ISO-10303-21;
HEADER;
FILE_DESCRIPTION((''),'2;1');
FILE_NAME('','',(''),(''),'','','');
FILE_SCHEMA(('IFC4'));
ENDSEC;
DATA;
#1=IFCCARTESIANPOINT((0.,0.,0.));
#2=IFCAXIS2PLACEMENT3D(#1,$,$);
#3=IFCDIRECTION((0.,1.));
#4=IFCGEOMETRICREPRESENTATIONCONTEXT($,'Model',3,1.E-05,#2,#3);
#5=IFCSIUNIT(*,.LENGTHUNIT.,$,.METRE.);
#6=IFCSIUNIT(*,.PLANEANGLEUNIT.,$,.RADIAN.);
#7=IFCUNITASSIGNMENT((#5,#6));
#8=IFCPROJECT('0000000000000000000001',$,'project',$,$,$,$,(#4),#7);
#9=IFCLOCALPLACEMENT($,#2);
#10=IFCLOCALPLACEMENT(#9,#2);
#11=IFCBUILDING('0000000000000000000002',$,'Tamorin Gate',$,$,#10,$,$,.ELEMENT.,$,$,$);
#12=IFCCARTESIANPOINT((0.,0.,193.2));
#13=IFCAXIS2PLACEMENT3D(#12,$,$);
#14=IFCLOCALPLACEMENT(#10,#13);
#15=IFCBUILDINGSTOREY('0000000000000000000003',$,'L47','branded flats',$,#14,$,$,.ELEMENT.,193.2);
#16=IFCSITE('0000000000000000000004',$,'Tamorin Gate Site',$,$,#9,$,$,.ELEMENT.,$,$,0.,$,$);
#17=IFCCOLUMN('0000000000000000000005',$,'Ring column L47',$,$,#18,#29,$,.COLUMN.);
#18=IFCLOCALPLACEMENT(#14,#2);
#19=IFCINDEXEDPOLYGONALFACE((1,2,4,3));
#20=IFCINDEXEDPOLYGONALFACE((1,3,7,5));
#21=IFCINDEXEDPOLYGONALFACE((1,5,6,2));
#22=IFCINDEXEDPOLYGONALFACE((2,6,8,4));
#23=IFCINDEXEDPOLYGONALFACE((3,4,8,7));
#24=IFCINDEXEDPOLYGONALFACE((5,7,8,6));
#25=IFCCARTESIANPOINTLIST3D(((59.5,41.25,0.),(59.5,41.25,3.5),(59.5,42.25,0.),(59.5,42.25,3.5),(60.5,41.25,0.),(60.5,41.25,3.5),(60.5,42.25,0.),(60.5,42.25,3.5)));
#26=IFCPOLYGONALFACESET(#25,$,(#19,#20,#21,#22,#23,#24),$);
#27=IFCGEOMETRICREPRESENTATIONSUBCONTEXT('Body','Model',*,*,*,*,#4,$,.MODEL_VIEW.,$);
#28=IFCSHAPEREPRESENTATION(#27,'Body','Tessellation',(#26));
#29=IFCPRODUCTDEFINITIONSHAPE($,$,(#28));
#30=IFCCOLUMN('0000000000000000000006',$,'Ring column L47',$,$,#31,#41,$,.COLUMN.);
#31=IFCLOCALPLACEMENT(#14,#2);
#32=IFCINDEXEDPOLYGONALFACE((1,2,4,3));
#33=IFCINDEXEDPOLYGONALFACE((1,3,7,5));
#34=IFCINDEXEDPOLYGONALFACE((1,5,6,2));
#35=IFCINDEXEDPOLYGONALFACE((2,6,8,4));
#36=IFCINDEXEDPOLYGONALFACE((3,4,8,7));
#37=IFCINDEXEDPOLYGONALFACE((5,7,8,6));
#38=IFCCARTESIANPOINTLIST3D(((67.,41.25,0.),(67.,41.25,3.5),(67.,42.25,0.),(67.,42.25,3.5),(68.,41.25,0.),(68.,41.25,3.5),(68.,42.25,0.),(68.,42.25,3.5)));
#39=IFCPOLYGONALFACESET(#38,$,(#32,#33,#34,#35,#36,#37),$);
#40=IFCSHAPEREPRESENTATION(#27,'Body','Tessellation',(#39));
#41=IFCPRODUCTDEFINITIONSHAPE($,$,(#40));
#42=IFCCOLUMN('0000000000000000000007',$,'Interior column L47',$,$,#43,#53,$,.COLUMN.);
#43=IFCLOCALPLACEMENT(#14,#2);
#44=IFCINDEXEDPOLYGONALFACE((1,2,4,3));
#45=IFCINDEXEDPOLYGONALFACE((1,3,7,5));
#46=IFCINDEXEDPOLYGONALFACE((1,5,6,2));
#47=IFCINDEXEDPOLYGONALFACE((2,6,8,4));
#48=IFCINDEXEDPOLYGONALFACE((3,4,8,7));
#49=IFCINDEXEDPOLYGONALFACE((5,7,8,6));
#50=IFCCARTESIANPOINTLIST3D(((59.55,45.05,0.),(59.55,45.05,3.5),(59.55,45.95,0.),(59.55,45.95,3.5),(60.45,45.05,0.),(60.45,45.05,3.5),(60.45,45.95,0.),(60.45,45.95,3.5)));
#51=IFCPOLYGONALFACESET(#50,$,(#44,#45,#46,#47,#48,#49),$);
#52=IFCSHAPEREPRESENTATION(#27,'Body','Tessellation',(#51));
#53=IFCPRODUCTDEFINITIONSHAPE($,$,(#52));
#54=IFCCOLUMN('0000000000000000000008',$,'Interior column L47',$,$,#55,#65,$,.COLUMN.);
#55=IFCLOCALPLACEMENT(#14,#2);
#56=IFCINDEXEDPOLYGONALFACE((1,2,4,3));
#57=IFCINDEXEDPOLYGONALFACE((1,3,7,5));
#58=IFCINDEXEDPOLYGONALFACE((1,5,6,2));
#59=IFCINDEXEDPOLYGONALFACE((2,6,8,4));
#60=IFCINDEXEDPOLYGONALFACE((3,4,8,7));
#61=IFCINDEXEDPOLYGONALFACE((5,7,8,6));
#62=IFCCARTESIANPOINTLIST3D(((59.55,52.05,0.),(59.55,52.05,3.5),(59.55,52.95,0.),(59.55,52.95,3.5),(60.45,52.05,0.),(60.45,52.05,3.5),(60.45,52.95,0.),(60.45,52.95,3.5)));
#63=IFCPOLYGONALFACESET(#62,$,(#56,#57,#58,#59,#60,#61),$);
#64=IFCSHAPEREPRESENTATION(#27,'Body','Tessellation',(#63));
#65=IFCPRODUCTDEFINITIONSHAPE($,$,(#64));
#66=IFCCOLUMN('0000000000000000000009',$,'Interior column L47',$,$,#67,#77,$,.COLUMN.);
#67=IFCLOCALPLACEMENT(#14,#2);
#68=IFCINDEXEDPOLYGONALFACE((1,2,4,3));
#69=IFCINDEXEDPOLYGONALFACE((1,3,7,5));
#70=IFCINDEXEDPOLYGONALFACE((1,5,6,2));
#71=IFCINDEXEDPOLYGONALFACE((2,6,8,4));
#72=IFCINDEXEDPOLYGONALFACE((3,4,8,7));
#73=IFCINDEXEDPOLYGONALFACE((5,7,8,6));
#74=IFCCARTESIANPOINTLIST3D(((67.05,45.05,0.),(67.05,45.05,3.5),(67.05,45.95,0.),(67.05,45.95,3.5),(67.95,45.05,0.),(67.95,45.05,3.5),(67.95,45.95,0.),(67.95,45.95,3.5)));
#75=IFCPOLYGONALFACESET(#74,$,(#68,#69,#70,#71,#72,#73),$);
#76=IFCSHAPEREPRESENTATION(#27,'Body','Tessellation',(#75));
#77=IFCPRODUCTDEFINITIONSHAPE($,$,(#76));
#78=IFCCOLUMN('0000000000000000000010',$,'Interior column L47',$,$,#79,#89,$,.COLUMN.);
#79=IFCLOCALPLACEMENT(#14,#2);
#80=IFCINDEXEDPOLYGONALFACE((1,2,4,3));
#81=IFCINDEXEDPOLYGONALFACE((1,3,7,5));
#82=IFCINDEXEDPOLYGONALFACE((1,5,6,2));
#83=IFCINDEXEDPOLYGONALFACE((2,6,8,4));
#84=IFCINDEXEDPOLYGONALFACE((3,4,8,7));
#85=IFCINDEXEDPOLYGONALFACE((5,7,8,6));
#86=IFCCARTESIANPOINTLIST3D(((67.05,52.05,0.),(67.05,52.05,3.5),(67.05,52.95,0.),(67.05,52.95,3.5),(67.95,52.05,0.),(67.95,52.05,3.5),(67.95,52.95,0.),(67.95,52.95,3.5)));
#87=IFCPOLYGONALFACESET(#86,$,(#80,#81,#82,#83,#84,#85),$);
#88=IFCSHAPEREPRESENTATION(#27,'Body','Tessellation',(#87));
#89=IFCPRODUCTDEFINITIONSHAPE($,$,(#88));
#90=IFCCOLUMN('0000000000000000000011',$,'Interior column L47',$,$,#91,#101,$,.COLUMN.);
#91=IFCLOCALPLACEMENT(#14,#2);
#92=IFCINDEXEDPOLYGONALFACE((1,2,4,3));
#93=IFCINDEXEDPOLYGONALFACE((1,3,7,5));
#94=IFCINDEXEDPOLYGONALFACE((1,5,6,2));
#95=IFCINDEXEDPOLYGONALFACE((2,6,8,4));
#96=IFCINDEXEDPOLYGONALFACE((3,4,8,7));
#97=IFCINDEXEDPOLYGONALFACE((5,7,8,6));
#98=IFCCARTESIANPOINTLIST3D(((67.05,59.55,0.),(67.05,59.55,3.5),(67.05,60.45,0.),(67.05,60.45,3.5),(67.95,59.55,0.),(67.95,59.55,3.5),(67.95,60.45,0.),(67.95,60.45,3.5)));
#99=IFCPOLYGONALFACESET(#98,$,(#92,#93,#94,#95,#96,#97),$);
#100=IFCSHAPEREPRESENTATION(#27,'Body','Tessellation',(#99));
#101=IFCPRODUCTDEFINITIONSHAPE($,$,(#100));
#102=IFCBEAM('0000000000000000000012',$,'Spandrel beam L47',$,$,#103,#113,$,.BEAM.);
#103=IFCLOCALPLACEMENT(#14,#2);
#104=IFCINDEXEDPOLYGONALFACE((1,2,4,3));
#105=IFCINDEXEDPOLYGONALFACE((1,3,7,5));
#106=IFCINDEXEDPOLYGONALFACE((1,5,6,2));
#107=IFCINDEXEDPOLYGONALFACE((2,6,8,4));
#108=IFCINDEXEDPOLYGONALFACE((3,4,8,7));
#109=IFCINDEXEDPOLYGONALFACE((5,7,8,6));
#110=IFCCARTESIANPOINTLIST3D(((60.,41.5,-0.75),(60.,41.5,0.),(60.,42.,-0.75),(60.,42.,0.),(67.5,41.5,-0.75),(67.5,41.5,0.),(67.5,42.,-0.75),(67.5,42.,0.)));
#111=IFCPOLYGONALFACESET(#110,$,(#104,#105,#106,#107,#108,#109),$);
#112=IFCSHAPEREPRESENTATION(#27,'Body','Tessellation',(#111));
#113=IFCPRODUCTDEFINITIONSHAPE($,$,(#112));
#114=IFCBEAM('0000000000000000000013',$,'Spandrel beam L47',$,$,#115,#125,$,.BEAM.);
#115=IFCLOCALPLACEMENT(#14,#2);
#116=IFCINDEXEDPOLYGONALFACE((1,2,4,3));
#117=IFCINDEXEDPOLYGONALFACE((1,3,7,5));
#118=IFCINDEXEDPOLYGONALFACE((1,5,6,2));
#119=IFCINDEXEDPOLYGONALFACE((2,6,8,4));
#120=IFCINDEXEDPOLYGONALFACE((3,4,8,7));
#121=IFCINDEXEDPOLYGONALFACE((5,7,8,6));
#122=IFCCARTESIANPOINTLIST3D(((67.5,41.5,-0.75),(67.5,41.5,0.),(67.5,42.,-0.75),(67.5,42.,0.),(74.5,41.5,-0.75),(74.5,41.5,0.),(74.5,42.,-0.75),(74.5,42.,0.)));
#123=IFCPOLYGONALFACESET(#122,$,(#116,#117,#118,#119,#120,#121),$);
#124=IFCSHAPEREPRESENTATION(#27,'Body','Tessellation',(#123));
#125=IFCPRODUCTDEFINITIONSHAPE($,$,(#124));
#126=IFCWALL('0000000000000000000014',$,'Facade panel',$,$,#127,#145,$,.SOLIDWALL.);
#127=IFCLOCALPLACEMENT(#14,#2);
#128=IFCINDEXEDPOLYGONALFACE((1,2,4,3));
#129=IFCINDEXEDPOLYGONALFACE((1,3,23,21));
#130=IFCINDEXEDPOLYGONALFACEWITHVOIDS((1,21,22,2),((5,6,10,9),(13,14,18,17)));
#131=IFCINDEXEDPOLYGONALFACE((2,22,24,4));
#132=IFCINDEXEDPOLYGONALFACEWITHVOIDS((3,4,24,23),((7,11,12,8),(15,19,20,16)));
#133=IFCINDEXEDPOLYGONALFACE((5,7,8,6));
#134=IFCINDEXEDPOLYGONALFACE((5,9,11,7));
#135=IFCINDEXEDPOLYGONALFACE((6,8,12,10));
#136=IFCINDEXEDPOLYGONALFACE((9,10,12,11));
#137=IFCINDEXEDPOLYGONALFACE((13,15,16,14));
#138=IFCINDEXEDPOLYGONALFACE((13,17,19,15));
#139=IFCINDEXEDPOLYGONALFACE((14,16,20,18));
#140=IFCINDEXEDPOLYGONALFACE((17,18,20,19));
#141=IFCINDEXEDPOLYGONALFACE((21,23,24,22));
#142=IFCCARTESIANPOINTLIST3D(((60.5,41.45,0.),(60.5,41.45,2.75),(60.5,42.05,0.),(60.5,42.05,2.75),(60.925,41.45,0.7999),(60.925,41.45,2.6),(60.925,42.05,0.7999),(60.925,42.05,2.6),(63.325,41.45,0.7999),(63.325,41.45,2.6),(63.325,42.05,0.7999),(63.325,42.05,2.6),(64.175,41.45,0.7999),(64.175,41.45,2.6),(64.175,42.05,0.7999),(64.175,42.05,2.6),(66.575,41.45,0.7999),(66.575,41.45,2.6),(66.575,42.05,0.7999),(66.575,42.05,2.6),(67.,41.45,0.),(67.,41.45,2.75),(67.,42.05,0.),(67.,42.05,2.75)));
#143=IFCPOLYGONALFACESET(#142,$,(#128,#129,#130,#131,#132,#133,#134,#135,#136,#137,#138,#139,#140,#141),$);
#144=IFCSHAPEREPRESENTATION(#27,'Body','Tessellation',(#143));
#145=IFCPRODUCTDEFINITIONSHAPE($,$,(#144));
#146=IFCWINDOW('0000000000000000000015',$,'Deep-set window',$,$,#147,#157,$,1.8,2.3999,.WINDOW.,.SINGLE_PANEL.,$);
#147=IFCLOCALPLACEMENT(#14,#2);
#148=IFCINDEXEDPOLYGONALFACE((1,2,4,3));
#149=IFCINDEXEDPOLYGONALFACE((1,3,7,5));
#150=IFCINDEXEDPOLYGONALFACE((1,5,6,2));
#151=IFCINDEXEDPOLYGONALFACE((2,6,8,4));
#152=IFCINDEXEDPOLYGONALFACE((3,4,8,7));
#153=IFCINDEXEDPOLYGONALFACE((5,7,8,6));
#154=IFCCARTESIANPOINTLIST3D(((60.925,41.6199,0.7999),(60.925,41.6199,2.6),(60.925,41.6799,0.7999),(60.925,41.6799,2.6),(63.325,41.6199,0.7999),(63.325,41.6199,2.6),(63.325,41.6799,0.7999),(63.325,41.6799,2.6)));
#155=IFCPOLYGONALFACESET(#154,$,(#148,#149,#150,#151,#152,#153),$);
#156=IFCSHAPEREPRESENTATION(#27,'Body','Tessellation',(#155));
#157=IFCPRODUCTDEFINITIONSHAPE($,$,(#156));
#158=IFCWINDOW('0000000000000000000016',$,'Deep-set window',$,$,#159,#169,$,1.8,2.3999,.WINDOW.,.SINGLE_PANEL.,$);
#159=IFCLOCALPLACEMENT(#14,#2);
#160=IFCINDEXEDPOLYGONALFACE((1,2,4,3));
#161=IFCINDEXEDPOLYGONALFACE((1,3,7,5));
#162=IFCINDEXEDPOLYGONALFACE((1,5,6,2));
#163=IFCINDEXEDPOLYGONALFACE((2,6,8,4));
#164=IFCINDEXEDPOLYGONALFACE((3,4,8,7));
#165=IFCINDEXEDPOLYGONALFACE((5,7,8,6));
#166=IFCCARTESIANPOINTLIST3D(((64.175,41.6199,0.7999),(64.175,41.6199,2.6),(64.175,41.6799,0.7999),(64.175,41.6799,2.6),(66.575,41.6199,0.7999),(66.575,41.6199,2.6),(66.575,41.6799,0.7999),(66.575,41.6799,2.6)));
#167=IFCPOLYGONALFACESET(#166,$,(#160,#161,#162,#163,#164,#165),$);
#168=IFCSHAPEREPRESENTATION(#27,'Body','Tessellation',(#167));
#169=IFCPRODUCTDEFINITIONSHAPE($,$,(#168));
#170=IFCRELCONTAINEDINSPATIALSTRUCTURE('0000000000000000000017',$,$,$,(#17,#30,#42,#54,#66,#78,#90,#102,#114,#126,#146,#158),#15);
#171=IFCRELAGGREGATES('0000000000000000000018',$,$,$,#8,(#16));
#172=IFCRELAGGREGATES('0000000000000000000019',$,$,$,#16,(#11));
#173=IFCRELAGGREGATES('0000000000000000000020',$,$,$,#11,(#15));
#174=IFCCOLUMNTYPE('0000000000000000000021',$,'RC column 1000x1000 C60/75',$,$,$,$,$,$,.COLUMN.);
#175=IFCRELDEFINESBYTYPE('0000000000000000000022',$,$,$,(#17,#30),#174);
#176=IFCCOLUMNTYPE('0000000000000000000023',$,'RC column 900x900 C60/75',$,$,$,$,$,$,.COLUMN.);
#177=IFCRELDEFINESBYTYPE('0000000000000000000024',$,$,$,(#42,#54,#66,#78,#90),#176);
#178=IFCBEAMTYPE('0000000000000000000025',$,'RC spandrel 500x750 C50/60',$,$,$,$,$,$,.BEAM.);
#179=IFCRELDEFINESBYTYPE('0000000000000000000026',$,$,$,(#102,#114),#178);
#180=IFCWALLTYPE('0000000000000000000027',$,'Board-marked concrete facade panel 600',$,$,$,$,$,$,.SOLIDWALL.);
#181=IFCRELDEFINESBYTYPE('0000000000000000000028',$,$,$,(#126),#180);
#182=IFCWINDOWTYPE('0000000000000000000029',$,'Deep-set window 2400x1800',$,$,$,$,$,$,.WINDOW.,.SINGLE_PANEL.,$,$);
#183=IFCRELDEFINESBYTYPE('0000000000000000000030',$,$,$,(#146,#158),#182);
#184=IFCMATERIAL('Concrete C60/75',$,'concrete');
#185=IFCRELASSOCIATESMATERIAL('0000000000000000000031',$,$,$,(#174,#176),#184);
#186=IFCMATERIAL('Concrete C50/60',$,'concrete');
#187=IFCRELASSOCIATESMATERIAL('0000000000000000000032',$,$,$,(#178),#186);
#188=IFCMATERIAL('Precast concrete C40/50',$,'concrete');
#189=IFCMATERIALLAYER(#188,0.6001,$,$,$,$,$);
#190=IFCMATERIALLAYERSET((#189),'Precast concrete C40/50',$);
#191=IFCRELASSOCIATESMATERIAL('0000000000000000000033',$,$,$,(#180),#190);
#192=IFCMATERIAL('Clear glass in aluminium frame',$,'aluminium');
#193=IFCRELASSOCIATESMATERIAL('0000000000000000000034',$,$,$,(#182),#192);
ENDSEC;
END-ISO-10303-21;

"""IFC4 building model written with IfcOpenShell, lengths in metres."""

from ifc_helpers import new_model, si_unit, direction, frame, frame_2d, origin, origin_2d, place, context, subcontext, project, spatial, rectangle, extrude, material, layer, layer_set, material_profile, profile_set, type_object, element, fill, save


model = new_model("IFC4")

# Units and contexts
model_context = context("Model", 3, precision=1e-05, world=origin(), true_north=direction((0.0, 1.0)))
body_context = subcontext(model_context, "Body", "Model", "MODEL_VIEW")
ifc_project = project(units=[si_unit("LENGTHUNIT", "METRE"), si_unit("PLANEANGLEUNIT", "RADIAN")], contexts=[model_context])

# Site, building, storey
site_placement = place(None, origin())
site = spatial("IfcSite", under=ifc_project, at=site_placement, Name="Tamorin Gate Site", CompositionType="ELEMENT", RefElevation=0.0)
building_placement = place(site_placement, origin())
building = spatial("IfcBuilding", under=site, at=building_placement, Name="Tamorin Gate", CompositionType="ELEMENT")
storey_placement = place(building_placement, frame((0.0, 0.0, 193.2)))
storey = spatial("IfcBuildingStorey", under=building, at=storey_placement, Name="L47", Description="branded flats", CompositionType="ELEMENT", Elevation=193.2)

# Columns
ifc_material_1 = material(Name="Concrete C60/75", Category="concrete")
ifc_material_profile_1 = material_profile(ifc_material_1, rectangle(XDim=1.0, YDim=1.0, at=origin_2d()), Name="RC 1000x1000")
ifc_profile_set_1 = profile_set([ifc_material_profile_1], Name="Concrete C60/75")
column_type_1 = type_object("IfcColumnType", Name="RC column 1000x1000 C60/75", PredefinedType="COLUMN", material=ifc_profile_set_1)
for number, where, z_axis, x_axis, name in (
    (1, (60.0, 41.75, 0.0), (0.0, 0.0, 1.0), (1.0, 0.0, 0.0), "Ring column L47"),
    (2, (67.5, 41.75, 0.0), (0.0, 0.0, 1.0), (1.0, 0.0, 0.0), "Ring column L47"),
):
    element("IfcColumn", number, at=place(storey_placement, frame(where, z_axis=z_axis, x_axis=x_axis)), inside=storey, type_object=column_type_1, Name=name, PredefinedType="COLUMN", context=body_context, shape_type="SweptSolid", body=[
        extrude(rectangle(XDim=1.0, YDim=1.0, at=origin_2d()), origin(), (0.0, 0.0, 1.0), 3.5),
    ])
ifc_material_profile_2 = material_profile(ifc_material_1, rectangle(XDim=0.8999, YDim=0.8999, at=origin_2d()), Name="RC 900x900")
ifc_profile_set_2 = profile_set([ifc_material_profile_2], Name="Concrete C60/75")
column_type_2 = type_object("IfcColumnType", Name="RC column 900x900 C60/75", PredefinedType="COLUMN", material=ifc_profile_set_2)
for number, where, z_axis, x_axis, name in (
    (3, (60.0, 45.5, 0.0), (0.0, 0.0, 1.0), (1.0, 0.0, 0.0), "Interior column L47"),
    (4, (60.0, 52.5, 0.0), (0.0, 0.0, 1.0), (1.0, 0.0, 0.0), "Interior column L47"),
    (5, (67.5, 45.5, 0.0), (0.0, 0.0, 1.0), (1.0, 0.0, 0.0), "Interior column L47"),
    (6, (67.5, 52.5, 0.0), (0.0, 0.0, 1.0), (1.0, 0.0, 0.0), "Interior column L47"),
    (7, (67.5, 60.0, 0.0), (0.0, 0.0, 1.0), (1.0, 0.0, 0.0), "Interior column L47"),
):
    element("IfcColumn", number, at=place(storey_placement, frame(where, z_axis=z_axis, x_axis=x_axis)), inside=storey, type_object=column_type_2, Name=name, PredefinedType="COLUMN", context=body_context, shape_type="SweptSolid", body=[
        extrude(rectangle(XDim=0.8999, YDim=0.8999, at=origin_2d()), origin(), (0.0, 0.0, 1.0), 3.5),
    ])

# Beams
ifc_material_2 = material(Name="Concrete C50/60", Category="concrete")
ifc_material_profile_3 = material_profile(ifc_material_2, rectangle(XDim=0.5, YDim=0.75, at=origin_2d()), Name="RC 500x750")
ifc_profile_set_3 = profile_set([ifc_material_profile_3], Name="Concrete C50/60")
beam_type = type_object("IfcBeamType", Name="RC spandrel 500x750 C50/60", PredefinedType="BEAM", material=ifc_profile_set_3)
beam_1_placement = place(storey_placement, frame((60.0, 41.75, -0.375), z_axis=(1.0, 0.0, 0.0), x_axis=(0.0, 1.0, 0.0)))
element("IfcBeam", 8, at=beam_1_placement, inside=storey, type_object=beam_type, Name="Spandrel beam L47", PredefinedType="BEAM", context=body_context, shape_type="SweptSolid", body=[
    extrude(rectangle(XDim=0.5, YDim=0.75, at=origin_2d()), origin(), (0.0, 0.0, 1.0), 7.5),
])
beam_2_placement = place(storey_placement, frame((67.5, 41.75, -0.375), z_axis=(1.0, 0.0, 0.0), x_axis=(0.0, 1.0, 0.0)))
element("IfcBeam", 9, at=beam_2_placement, inside=storey, type_object=beam_type, Name="Spandrel beam L47", PredefinedType="BEAM", context=body_context, shape_type="SweptSolid", body=[
    extrude(rectangle(XDim=0.5, YDim=0.75, at=origin_2d()), origin(), (0.0, 0.0, 1.0), 7.0),
])

# Wall, openings, windows
ifc_material_3 = material(Name="Precast concrete C40/50", Category="concrete")
ifc_layer_1 = layer(ifc_material_3, 0.6001)
ifc_layer_set_1 = layer_set([ifc_layer_1], Name="Precast concrete C40/50")
wall_type_1 = type_object("IfcWallType", Name="Board-marked concrete facade panel 600", PredefinedType="SOLIDWALL", material=ifc_layer_set_1)
wall_1_placement = place(storey_placement, frame((60.5, 41.75, 0.0), z_axis=(0.0, 0.0, 1.0), x_axis=(1.0, 0.0, 0.0)))
wall_1 = element("IfcWall", 10, at=wall_1_placement, inside=storey, type_object=wall_type_1, Name="Facade panel", PredefinedType="SOLIDWALL", context=body_context, shape_type="SweptSolid", body=[
    extrude(rectangle(XDim=6.5, YDim=0.6001, at=frame_2d((3.25, 0.0))), origin(), (0.0, 0.0, 1.0), 2.75),
])
opening_1_placement = place(wall_1_placement, frame((0.425, 0.0, 0.8)))
opening_1 = element("IfcOpeningElement", 11, at=opening_1_placement, cuts=wall_1, PredefinedType="OPENING", context=body_context, shape_type="SweptSolid", body=[
    extrude(rectangle(XDim=2.3999, YDim=1.8, at=frame_2d((1.2, 0.8999))), frame((0.0, 0.3101, 0.0), z_axis=(0.0, -1.0, 0.0), x_axis=(1.0, 0.0, 0.0)), (0.0, 0.0, 1.0), 0.6201),
])
opening_2_placement = place(wall_1_placement, frame((3.675, 0.0, 0.8)))
opening_2 = element("IfcOpeningElement", 12, at=opening_2_placement, cuts=wall_1, PredefinedType="OPENING", context=body_context, shape_type="SweptSolid", body=[
    extrude(rectangle(XDim=2.3999, YDim=1.8, at=frame_2d((1.2, 0.8999))), frame((0.0, 0.3101, 0.0), z_axis=(0.0, -1.0, 0.0), x_axis=(1.0, 0.0, 0.0)), (0.0, 0.0, 1.0), 0.6201),
])
ifc_material_4 = material(Name="Clear glass in aluminium frame", Category="aluminium")
window_type = type_object("IfcWindowType", Name="Deep-set window 2400x1800", PartitioningType="SINGLE_PANEL", PredefinedType="WINDOW", material=ifc_material_4)
window_1_placement = place(opening_1_placement, origin())
window_1 = element("IfcWindow", 13, at=window_1_placement, inside=storey, type_object=window_type, Name="Deep-set window", OverallHeight=1.8, OverallWidth=2.3999, PartitioningType="SINGLE_PANEL", PredefinedType="WINDOW", context=body_context, shape_type="SweptSolid", body=[
    extrude(rectangle(XDim=2.3999, YDim=1.8, at=frame_2d((1.2, 0.8999))), frame((0.0, -0.0701, 0.0), z_axis=(0.0, -1.0, 0.0), x_axis=(1.0, 0.0, 0.0)), (0.0, 0.0, 1.0), 0.0601),
])
fill(opening_1, window_1)
window_2_placement = place(opening_2_placement, origin())
window_2 = element("IfcWindow", 14, at=window_2_placement, inside=storey, type_object=window_type, Name="Deep-set window", OverallHeight=1.8, OverallWidth=2.3999, PartitioningType="SINGLE_PANEL", PredefinedType="WINDOW", context=body_context, shape_type="SweptSolid", body=[
    extrude(rectangle(XDim=2.3999, YDim=1.8, at=frame_2d((1.2, 0.8999))), frame((0.0, -0.0701, 0.0), z_axis=(0.0, -1.0, 0.0), x_axis=(1.0, 0.0, 0.0)), (0.0, 0.0, 1.0), 0.0601),
])
fill(opening_2, window_2)

save(model, "model.ifc")
